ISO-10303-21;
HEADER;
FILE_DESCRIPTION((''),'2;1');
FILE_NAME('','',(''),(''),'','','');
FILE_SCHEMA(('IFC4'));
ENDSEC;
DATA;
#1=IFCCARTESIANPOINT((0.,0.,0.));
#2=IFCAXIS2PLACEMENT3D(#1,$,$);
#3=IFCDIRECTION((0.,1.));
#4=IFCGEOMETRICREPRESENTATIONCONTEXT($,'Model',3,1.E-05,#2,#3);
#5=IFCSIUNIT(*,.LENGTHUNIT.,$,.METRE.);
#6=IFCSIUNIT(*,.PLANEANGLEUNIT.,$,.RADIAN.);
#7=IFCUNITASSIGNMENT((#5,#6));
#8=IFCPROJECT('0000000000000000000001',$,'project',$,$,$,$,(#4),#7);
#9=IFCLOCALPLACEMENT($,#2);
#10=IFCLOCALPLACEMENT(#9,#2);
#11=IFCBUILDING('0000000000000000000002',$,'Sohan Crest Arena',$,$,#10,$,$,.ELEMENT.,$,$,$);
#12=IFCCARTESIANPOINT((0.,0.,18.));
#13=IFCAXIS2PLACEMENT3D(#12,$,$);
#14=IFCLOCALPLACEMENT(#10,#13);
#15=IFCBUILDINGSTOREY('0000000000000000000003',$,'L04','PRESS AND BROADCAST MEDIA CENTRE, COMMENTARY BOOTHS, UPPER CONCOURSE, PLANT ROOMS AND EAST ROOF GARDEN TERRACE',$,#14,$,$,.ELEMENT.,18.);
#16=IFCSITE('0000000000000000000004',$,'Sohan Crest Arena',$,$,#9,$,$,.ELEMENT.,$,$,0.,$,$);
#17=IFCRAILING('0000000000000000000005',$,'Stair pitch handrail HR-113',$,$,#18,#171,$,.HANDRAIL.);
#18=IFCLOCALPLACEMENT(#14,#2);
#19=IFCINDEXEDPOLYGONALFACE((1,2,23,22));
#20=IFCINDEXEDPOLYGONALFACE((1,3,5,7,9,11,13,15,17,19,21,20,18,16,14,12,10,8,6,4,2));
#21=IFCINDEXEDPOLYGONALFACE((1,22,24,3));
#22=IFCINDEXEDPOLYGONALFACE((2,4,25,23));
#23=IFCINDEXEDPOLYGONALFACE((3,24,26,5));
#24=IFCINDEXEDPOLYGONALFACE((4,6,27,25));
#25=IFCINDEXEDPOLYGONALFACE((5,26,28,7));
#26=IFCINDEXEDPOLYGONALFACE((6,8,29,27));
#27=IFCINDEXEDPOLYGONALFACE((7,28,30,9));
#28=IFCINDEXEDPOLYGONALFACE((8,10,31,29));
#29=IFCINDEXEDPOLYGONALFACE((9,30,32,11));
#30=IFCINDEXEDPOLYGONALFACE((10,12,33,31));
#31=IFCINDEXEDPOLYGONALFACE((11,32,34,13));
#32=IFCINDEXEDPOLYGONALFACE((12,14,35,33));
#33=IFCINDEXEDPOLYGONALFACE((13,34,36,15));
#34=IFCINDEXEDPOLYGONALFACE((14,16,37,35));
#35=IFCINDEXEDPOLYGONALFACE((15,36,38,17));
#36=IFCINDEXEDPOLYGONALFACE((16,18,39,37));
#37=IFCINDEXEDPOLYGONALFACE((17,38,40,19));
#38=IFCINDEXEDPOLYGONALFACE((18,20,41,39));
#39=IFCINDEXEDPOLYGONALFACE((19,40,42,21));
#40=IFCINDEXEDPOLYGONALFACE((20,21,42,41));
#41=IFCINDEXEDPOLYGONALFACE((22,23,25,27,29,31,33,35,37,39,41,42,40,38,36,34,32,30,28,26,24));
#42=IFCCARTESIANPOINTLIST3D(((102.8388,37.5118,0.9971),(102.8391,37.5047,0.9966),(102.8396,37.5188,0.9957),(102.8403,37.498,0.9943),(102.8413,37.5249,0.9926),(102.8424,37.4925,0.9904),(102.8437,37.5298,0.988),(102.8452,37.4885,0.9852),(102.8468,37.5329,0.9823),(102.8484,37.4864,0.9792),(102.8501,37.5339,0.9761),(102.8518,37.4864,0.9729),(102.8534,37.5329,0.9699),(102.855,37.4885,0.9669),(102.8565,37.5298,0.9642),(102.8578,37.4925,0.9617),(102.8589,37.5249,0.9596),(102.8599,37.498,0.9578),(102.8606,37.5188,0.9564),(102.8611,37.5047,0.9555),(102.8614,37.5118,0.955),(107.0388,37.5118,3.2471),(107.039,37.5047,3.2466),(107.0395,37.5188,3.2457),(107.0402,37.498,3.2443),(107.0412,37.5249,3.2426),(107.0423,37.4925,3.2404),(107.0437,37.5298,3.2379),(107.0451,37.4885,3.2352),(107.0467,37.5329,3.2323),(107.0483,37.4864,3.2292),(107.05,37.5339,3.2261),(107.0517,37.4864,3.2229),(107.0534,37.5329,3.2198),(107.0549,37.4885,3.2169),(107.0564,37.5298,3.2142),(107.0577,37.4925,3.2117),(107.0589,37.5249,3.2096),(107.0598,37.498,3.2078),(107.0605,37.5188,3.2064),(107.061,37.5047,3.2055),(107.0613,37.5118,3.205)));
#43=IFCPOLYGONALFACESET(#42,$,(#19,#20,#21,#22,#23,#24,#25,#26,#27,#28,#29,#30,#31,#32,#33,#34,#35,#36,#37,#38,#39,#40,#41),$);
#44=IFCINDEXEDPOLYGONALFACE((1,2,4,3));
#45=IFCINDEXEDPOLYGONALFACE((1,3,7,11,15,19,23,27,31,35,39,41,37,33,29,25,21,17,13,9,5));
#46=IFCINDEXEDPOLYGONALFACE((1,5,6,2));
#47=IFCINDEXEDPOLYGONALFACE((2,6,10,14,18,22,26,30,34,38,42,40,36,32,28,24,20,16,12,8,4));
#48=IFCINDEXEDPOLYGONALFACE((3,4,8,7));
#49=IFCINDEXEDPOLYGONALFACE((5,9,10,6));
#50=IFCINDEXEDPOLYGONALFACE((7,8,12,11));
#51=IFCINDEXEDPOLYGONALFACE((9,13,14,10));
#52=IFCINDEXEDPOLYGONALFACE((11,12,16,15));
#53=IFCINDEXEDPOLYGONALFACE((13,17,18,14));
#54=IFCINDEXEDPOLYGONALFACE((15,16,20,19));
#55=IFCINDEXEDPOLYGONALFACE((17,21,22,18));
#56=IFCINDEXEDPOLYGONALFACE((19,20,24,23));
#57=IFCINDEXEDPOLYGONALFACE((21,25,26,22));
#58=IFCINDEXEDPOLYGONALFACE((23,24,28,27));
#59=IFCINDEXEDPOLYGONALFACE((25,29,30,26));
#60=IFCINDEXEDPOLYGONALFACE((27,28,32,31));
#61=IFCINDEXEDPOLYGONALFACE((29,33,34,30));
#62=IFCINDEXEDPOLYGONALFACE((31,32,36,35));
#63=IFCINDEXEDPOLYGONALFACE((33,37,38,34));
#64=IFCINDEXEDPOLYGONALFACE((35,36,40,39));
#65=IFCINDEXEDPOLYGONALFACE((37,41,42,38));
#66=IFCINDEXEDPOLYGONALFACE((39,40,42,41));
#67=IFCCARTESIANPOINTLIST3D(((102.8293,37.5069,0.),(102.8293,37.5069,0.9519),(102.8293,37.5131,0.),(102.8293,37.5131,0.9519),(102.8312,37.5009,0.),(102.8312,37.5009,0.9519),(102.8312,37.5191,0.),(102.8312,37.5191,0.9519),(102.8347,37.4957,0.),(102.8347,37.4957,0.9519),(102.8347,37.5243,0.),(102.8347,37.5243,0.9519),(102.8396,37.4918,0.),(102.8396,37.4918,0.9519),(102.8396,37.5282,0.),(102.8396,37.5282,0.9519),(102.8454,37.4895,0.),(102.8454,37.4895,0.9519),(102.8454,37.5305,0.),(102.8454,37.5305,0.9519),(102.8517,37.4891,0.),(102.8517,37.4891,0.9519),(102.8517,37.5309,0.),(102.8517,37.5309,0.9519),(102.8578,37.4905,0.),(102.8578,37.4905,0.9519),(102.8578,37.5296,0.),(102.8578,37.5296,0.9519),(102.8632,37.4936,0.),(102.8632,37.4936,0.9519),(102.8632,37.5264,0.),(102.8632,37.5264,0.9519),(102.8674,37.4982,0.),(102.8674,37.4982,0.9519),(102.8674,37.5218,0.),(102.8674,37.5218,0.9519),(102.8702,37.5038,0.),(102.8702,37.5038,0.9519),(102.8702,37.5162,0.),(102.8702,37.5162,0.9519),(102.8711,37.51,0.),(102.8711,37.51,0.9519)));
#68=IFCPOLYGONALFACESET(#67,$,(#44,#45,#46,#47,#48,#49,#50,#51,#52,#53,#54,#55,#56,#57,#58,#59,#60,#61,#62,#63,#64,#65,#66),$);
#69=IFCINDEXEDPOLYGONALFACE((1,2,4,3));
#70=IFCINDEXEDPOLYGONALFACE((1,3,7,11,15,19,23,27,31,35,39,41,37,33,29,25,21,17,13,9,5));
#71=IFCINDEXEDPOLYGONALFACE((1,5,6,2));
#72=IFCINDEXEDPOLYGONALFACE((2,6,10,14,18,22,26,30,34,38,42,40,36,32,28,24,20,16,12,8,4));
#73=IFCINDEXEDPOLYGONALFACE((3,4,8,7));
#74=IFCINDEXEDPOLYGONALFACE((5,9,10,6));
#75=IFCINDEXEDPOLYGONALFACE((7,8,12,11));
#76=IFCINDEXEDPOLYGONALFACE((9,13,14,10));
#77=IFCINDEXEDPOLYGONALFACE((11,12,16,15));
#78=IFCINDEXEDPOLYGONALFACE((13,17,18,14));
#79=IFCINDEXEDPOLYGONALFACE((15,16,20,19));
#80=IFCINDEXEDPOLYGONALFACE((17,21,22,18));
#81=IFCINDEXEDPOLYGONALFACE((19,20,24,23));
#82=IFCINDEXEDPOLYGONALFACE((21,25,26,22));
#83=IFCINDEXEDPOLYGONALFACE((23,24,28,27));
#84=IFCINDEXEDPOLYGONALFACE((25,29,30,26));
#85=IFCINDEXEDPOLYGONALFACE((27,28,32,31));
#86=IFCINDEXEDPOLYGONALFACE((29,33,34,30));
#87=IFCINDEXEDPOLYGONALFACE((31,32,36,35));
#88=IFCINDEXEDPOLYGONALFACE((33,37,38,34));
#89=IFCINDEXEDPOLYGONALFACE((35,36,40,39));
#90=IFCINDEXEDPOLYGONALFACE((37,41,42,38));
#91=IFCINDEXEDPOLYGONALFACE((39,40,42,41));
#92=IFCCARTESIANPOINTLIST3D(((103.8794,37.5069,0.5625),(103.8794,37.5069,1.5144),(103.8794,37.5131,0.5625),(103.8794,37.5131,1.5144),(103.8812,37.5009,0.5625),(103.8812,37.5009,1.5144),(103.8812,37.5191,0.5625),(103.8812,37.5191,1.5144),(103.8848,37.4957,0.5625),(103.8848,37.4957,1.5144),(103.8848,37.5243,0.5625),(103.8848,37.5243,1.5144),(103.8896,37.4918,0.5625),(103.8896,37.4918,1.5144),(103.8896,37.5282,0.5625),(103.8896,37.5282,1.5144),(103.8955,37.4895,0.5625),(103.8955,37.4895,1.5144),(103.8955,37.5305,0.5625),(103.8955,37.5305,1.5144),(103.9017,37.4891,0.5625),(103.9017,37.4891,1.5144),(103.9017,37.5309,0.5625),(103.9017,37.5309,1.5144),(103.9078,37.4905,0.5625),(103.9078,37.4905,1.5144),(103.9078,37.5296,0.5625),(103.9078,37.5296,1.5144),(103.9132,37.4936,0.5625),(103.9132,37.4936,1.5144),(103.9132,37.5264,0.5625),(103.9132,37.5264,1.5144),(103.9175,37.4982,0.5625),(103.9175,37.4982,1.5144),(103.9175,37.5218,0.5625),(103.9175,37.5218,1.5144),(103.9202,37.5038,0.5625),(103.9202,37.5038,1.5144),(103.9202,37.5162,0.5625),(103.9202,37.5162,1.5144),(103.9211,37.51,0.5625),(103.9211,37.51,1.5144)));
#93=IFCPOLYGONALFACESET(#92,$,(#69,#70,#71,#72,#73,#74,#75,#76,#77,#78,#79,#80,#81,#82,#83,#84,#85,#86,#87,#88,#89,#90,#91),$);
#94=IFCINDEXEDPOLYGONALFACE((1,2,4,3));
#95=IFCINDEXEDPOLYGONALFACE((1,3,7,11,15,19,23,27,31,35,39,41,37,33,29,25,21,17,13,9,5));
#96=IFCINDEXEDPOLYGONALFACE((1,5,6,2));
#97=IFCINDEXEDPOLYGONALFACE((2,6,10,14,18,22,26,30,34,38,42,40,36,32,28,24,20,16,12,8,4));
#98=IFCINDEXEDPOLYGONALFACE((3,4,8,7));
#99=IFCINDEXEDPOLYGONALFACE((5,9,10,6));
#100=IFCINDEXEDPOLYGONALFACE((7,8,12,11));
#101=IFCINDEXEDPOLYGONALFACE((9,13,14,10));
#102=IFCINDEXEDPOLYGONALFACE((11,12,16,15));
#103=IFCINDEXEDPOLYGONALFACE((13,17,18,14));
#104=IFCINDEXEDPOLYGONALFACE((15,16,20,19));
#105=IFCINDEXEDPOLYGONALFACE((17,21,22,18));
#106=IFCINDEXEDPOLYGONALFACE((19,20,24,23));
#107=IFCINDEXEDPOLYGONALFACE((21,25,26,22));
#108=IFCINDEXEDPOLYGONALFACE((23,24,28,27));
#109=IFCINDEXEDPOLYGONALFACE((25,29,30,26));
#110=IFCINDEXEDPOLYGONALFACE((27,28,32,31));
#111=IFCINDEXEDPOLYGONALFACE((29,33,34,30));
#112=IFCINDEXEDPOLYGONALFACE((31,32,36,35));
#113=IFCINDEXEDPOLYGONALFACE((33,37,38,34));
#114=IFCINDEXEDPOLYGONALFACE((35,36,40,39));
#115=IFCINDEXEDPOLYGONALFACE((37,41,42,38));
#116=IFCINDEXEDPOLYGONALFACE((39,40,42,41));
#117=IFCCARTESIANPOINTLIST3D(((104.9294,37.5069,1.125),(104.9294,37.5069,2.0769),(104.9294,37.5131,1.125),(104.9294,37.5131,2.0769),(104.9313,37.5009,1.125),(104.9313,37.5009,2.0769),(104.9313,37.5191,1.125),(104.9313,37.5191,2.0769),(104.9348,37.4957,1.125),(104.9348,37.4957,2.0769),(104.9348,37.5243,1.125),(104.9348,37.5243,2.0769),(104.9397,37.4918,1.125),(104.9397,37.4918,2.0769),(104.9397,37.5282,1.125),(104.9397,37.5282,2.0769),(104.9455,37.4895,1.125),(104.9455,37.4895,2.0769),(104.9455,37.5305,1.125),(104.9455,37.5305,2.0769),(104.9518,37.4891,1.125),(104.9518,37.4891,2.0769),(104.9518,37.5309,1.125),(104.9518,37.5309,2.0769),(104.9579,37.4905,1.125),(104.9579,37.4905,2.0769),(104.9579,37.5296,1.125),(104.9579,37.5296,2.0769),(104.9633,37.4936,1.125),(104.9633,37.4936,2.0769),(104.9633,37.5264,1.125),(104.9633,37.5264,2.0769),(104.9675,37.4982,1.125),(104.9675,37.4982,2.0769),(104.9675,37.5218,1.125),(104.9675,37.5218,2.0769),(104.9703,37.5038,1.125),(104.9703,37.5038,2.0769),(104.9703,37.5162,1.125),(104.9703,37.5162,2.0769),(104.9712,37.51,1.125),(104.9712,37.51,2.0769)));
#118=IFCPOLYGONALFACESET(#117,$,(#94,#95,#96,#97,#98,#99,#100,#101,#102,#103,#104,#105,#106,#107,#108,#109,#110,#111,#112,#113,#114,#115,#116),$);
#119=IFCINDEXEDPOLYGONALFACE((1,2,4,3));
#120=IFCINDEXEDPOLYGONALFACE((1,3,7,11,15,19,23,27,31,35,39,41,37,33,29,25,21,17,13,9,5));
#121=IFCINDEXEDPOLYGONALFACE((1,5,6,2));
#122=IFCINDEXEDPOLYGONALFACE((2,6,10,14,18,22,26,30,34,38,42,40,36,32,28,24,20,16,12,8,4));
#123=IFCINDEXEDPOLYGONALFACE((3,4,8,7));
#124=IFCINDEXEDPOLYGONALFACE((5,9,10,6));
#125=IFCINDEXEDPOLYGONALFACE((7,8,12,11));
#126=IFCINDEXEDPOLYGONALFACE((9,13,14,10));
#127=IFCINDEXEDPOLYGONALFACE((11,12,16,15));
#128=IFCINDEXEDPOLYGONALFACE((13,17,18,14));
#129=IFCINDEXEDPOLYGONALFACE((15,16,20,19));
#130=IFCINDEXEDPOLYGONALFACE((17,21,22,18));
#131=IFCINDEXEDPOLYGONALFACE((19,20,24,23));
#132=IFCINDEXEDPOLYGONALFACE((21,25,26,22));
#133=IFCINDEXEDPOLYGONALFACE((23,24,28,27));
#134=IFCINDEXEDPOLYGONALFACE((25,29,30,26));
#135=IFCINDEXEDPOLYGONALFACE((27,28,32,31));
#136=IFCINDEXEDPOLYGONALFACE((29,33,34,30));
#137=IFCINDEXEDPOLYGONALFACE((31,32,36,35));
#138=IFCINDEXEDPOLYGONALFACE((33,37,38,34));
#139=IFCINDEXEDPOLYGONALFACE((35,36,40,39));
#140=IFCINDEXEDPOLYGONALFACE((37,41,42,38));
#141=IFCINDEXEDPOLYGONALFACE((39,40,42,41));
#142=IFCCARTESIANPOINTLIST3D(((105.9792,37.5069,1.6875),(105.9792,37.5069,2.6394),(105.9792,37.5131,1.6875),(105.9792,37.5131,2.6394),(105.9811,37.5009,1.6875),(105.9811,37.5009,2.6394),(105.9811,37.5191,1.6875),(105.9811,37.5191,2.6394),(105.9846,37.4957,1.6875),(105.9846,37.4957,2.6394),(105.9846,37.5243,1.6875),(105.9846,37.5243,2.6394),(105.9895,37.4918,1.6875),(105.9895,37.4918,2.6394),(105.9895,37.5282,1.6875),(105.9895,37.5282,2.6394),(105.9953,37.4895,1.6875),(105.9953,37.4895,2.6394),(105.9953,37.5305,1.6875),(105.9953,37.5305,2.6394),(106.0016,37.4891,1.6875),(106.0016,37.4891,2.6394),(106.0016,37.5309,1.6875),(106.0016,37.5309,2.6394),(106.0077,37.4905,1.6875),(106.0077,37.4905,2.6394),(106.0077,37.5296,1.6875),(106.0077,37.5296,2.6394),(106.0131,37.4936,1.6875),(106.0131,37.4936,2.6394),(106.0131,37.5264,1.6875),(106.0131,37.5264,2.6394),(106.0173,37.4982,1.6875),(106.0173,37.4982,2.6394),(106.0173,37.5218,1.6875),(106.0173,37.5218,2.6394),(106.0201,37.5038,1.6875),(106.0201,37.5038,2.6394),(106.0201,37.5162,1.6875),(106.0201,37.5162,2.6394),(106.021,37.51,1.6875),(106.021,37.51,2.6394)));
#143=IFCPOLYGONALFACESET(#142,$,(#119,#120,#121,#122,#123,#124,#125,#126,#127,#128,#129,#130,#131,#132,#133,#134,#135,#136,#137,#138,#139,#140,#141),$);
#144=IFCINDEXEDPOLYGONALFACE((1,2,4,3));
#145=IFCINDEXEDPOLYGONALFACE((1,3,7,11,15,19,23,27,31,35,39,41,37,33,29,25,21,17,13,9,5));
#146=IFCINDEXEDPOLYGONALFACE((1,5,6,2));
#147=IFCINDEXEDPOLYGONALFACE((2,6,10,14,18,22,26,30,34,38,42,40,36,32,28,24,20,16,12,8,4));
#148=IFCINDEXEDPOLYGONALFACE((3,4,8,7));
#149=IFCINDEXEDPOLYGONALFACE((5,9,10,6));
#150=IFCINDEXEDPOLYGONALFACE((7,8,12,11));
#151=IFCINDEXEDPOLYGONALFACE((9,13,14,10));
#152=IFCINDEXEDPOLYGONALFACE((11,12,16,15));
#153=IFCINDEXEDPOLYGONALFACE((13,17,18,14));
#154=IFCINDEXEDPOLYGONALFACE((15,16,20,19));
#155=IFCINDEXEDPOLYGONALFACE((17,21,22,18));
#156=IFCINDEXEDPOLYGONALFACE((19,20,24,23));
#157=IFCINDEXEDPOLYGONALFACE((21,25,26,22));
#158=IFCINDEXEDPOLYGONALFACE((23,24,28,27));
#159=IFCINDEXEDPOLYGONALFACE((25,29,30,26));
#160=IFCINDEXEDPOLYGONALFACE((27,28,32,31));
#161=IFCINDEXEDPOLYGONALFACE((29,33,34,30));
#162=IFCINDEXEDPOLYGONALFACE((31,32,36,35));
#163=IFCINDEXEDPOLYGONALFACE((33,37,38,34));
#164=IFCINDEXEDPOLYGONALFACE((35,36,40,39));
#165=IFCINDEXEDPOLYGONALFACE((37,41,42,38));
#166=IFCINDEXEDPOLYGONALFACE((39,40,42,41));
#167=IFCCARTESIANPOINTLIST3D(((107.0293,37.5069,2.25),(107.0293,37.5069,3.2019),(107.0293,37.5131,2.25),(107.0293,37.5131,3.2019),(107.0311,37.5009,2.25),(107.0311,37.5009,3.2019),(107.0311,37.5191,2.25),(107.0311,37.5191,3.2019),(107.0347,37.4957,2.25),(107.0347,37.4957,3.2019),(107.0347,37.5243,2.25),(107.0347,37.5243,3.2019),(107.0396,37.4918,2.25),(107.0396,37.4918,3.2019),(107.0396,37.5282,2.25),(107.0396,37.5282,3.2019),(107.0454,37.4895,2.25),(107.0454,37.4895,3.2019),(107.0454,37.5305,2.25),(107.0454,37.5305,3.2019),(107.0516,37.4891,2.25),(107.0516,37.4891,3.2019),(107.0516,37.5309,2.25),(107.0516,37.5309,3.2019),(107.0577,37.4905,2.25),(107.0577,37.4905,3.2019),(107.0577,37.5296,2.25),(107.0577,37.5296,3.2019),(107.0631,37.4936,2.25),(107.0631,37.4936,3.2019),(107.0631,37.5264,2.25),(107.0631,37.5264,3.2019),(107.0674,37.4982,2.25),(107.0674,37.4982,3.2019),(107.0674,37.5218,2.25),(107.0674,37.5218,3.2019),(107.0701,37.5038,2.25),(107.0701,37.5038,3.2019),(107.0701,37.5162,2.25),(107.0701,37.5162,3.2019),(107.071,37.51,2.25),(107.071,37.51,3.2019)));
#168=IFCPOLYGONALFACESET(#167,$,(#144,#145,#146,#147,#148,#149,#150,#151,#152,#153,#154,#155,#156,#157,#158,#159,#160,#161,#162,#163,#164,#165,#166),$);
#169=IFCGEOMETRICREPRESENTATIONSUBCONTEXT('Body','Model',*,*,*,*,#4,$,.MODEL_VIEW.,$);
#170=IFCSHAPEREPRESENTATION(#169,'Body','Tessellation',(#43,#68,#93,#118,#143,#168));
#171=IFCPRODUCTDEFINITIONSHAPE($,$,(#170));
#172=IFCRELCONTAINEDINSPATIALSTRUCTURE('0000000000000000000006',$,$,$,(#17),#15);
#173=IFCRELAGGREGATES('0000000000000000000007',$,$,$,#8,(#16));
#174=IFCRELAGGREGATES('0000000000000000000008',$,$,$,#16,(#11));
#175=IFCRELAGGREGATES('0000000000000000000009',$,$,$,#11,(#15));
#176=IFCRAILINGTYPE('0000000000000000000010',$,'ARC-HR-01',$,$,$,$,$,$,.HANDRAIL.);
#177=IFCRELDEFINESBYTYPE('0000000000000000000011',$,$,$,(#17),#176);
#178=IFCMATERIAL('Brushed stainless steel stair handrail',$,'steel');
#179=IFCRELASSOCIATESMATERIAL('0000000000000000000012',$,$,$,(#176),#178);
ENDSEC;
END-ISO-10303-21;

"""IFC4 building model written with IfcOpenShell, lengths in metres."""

from ifc_helpers import new_model, si_unit, direction, frame, origin, origin_2d, place, context, subcontext, project, spatial, circle, extrude, material, type_object, element, save


model = new_model("IFC4")

# Units and contexts
model_context = context("Model", 3, precision=1e-05, world=origin(), true_north=direction((0.0, 1.0)))
body_context = subcontext(model_context, "Body", "Model", "MODEL_VIEW")
ifc_project = project(units=[si_unit("LENGTHUNIT", "METRE"), si_unit("PLANEANGLEUNIT", "RADIAN")], contexts=[model_context])

# Site, building, storey
site_placement = place(None, origin())
site = spatial("IfcSite", under=ifc_project, at=site_placement, Name="Sohan Crest Arena", CompositionType="ELEMENT", RefElevation=0.0)
building_placement = place(site_placement, origin())
building = spatial("IfcBuilding", under=site, at=building_placement, Name="Sohan Crest Arena", CompositionType="ELEMENT")
storey_placement = place(building_placement, frame((0.0, 0.0, 18.0)))
storey = spatial("IfcBuildingStorey", under=building, at=storey_placement, Name="L04", Description="PRESS AND BROADCAST MEDIA CENTRE, COMMENTARY BOOTHS, UPPER CONCOURSE, PLANT ROOMS AND EAST ROOF GARDEN TERRACE", CompositionType="ELEMENT", Elevation=18.0)

# Railing
ifc_material_1 = material(Name="Brushed stainless steel stair handrail", Category="steel")
railing_type_1 = type_object("IfcRailingType", Name="ARC-HR-01", PredefinedType="HANDRAIL", material=ifc_material_1)
for number, where, name in (
    (1, (102.8501, 37.51, 0.0), "Stair pitch handrail HR-113"),
):
    element("IfcRailing", number, at=place(storey_placement, frame(where)), inside=storey, type_object=railing_type_1, Name=name, PredefinedType="HANDRAIL", context=body_context, shape_type="SweptSolid", body=[
        extrude(circle(Radius=0.0239, at=origin_2d()), frame((0.0, 0.0, 0.9761), z_axis=(0.881478, 0.0, 0.472226), x_axis=(0.0, 1.0, 0.0)), (0.0, 0.0, 1.0), 4.7646),
        extrude(circle(Radius=0.021, at=origin_2d()), origin(), (0.0, 0.0, 1.0), 0.9519),
        extrude(circle(Radius=0.021, at=origin_2d()), frame((1.05, 0.0, 0.5625)), (0.0, 0.0, 1.0), 0.9519),
        extrude(circle(Radius=0.021, at=origin_2d()), frame((2.1001, 0.0, 1.125)), (0.0, 0.0, 1.0), 0.9519),
        extrude(circle(Radius=0.021, at=origin_2d()), frame((3.1499, 0.0, 1.6875)), (0.0, 0.0, 1.0), 0.9519),
        extrude(circle(Radius=0.021, at=origin_2d()), frame((4.2, 0.0, 2.25)), (0.0, 0.0, 1.0), 0.9519),
    ])

save(model, "model.ifc")
